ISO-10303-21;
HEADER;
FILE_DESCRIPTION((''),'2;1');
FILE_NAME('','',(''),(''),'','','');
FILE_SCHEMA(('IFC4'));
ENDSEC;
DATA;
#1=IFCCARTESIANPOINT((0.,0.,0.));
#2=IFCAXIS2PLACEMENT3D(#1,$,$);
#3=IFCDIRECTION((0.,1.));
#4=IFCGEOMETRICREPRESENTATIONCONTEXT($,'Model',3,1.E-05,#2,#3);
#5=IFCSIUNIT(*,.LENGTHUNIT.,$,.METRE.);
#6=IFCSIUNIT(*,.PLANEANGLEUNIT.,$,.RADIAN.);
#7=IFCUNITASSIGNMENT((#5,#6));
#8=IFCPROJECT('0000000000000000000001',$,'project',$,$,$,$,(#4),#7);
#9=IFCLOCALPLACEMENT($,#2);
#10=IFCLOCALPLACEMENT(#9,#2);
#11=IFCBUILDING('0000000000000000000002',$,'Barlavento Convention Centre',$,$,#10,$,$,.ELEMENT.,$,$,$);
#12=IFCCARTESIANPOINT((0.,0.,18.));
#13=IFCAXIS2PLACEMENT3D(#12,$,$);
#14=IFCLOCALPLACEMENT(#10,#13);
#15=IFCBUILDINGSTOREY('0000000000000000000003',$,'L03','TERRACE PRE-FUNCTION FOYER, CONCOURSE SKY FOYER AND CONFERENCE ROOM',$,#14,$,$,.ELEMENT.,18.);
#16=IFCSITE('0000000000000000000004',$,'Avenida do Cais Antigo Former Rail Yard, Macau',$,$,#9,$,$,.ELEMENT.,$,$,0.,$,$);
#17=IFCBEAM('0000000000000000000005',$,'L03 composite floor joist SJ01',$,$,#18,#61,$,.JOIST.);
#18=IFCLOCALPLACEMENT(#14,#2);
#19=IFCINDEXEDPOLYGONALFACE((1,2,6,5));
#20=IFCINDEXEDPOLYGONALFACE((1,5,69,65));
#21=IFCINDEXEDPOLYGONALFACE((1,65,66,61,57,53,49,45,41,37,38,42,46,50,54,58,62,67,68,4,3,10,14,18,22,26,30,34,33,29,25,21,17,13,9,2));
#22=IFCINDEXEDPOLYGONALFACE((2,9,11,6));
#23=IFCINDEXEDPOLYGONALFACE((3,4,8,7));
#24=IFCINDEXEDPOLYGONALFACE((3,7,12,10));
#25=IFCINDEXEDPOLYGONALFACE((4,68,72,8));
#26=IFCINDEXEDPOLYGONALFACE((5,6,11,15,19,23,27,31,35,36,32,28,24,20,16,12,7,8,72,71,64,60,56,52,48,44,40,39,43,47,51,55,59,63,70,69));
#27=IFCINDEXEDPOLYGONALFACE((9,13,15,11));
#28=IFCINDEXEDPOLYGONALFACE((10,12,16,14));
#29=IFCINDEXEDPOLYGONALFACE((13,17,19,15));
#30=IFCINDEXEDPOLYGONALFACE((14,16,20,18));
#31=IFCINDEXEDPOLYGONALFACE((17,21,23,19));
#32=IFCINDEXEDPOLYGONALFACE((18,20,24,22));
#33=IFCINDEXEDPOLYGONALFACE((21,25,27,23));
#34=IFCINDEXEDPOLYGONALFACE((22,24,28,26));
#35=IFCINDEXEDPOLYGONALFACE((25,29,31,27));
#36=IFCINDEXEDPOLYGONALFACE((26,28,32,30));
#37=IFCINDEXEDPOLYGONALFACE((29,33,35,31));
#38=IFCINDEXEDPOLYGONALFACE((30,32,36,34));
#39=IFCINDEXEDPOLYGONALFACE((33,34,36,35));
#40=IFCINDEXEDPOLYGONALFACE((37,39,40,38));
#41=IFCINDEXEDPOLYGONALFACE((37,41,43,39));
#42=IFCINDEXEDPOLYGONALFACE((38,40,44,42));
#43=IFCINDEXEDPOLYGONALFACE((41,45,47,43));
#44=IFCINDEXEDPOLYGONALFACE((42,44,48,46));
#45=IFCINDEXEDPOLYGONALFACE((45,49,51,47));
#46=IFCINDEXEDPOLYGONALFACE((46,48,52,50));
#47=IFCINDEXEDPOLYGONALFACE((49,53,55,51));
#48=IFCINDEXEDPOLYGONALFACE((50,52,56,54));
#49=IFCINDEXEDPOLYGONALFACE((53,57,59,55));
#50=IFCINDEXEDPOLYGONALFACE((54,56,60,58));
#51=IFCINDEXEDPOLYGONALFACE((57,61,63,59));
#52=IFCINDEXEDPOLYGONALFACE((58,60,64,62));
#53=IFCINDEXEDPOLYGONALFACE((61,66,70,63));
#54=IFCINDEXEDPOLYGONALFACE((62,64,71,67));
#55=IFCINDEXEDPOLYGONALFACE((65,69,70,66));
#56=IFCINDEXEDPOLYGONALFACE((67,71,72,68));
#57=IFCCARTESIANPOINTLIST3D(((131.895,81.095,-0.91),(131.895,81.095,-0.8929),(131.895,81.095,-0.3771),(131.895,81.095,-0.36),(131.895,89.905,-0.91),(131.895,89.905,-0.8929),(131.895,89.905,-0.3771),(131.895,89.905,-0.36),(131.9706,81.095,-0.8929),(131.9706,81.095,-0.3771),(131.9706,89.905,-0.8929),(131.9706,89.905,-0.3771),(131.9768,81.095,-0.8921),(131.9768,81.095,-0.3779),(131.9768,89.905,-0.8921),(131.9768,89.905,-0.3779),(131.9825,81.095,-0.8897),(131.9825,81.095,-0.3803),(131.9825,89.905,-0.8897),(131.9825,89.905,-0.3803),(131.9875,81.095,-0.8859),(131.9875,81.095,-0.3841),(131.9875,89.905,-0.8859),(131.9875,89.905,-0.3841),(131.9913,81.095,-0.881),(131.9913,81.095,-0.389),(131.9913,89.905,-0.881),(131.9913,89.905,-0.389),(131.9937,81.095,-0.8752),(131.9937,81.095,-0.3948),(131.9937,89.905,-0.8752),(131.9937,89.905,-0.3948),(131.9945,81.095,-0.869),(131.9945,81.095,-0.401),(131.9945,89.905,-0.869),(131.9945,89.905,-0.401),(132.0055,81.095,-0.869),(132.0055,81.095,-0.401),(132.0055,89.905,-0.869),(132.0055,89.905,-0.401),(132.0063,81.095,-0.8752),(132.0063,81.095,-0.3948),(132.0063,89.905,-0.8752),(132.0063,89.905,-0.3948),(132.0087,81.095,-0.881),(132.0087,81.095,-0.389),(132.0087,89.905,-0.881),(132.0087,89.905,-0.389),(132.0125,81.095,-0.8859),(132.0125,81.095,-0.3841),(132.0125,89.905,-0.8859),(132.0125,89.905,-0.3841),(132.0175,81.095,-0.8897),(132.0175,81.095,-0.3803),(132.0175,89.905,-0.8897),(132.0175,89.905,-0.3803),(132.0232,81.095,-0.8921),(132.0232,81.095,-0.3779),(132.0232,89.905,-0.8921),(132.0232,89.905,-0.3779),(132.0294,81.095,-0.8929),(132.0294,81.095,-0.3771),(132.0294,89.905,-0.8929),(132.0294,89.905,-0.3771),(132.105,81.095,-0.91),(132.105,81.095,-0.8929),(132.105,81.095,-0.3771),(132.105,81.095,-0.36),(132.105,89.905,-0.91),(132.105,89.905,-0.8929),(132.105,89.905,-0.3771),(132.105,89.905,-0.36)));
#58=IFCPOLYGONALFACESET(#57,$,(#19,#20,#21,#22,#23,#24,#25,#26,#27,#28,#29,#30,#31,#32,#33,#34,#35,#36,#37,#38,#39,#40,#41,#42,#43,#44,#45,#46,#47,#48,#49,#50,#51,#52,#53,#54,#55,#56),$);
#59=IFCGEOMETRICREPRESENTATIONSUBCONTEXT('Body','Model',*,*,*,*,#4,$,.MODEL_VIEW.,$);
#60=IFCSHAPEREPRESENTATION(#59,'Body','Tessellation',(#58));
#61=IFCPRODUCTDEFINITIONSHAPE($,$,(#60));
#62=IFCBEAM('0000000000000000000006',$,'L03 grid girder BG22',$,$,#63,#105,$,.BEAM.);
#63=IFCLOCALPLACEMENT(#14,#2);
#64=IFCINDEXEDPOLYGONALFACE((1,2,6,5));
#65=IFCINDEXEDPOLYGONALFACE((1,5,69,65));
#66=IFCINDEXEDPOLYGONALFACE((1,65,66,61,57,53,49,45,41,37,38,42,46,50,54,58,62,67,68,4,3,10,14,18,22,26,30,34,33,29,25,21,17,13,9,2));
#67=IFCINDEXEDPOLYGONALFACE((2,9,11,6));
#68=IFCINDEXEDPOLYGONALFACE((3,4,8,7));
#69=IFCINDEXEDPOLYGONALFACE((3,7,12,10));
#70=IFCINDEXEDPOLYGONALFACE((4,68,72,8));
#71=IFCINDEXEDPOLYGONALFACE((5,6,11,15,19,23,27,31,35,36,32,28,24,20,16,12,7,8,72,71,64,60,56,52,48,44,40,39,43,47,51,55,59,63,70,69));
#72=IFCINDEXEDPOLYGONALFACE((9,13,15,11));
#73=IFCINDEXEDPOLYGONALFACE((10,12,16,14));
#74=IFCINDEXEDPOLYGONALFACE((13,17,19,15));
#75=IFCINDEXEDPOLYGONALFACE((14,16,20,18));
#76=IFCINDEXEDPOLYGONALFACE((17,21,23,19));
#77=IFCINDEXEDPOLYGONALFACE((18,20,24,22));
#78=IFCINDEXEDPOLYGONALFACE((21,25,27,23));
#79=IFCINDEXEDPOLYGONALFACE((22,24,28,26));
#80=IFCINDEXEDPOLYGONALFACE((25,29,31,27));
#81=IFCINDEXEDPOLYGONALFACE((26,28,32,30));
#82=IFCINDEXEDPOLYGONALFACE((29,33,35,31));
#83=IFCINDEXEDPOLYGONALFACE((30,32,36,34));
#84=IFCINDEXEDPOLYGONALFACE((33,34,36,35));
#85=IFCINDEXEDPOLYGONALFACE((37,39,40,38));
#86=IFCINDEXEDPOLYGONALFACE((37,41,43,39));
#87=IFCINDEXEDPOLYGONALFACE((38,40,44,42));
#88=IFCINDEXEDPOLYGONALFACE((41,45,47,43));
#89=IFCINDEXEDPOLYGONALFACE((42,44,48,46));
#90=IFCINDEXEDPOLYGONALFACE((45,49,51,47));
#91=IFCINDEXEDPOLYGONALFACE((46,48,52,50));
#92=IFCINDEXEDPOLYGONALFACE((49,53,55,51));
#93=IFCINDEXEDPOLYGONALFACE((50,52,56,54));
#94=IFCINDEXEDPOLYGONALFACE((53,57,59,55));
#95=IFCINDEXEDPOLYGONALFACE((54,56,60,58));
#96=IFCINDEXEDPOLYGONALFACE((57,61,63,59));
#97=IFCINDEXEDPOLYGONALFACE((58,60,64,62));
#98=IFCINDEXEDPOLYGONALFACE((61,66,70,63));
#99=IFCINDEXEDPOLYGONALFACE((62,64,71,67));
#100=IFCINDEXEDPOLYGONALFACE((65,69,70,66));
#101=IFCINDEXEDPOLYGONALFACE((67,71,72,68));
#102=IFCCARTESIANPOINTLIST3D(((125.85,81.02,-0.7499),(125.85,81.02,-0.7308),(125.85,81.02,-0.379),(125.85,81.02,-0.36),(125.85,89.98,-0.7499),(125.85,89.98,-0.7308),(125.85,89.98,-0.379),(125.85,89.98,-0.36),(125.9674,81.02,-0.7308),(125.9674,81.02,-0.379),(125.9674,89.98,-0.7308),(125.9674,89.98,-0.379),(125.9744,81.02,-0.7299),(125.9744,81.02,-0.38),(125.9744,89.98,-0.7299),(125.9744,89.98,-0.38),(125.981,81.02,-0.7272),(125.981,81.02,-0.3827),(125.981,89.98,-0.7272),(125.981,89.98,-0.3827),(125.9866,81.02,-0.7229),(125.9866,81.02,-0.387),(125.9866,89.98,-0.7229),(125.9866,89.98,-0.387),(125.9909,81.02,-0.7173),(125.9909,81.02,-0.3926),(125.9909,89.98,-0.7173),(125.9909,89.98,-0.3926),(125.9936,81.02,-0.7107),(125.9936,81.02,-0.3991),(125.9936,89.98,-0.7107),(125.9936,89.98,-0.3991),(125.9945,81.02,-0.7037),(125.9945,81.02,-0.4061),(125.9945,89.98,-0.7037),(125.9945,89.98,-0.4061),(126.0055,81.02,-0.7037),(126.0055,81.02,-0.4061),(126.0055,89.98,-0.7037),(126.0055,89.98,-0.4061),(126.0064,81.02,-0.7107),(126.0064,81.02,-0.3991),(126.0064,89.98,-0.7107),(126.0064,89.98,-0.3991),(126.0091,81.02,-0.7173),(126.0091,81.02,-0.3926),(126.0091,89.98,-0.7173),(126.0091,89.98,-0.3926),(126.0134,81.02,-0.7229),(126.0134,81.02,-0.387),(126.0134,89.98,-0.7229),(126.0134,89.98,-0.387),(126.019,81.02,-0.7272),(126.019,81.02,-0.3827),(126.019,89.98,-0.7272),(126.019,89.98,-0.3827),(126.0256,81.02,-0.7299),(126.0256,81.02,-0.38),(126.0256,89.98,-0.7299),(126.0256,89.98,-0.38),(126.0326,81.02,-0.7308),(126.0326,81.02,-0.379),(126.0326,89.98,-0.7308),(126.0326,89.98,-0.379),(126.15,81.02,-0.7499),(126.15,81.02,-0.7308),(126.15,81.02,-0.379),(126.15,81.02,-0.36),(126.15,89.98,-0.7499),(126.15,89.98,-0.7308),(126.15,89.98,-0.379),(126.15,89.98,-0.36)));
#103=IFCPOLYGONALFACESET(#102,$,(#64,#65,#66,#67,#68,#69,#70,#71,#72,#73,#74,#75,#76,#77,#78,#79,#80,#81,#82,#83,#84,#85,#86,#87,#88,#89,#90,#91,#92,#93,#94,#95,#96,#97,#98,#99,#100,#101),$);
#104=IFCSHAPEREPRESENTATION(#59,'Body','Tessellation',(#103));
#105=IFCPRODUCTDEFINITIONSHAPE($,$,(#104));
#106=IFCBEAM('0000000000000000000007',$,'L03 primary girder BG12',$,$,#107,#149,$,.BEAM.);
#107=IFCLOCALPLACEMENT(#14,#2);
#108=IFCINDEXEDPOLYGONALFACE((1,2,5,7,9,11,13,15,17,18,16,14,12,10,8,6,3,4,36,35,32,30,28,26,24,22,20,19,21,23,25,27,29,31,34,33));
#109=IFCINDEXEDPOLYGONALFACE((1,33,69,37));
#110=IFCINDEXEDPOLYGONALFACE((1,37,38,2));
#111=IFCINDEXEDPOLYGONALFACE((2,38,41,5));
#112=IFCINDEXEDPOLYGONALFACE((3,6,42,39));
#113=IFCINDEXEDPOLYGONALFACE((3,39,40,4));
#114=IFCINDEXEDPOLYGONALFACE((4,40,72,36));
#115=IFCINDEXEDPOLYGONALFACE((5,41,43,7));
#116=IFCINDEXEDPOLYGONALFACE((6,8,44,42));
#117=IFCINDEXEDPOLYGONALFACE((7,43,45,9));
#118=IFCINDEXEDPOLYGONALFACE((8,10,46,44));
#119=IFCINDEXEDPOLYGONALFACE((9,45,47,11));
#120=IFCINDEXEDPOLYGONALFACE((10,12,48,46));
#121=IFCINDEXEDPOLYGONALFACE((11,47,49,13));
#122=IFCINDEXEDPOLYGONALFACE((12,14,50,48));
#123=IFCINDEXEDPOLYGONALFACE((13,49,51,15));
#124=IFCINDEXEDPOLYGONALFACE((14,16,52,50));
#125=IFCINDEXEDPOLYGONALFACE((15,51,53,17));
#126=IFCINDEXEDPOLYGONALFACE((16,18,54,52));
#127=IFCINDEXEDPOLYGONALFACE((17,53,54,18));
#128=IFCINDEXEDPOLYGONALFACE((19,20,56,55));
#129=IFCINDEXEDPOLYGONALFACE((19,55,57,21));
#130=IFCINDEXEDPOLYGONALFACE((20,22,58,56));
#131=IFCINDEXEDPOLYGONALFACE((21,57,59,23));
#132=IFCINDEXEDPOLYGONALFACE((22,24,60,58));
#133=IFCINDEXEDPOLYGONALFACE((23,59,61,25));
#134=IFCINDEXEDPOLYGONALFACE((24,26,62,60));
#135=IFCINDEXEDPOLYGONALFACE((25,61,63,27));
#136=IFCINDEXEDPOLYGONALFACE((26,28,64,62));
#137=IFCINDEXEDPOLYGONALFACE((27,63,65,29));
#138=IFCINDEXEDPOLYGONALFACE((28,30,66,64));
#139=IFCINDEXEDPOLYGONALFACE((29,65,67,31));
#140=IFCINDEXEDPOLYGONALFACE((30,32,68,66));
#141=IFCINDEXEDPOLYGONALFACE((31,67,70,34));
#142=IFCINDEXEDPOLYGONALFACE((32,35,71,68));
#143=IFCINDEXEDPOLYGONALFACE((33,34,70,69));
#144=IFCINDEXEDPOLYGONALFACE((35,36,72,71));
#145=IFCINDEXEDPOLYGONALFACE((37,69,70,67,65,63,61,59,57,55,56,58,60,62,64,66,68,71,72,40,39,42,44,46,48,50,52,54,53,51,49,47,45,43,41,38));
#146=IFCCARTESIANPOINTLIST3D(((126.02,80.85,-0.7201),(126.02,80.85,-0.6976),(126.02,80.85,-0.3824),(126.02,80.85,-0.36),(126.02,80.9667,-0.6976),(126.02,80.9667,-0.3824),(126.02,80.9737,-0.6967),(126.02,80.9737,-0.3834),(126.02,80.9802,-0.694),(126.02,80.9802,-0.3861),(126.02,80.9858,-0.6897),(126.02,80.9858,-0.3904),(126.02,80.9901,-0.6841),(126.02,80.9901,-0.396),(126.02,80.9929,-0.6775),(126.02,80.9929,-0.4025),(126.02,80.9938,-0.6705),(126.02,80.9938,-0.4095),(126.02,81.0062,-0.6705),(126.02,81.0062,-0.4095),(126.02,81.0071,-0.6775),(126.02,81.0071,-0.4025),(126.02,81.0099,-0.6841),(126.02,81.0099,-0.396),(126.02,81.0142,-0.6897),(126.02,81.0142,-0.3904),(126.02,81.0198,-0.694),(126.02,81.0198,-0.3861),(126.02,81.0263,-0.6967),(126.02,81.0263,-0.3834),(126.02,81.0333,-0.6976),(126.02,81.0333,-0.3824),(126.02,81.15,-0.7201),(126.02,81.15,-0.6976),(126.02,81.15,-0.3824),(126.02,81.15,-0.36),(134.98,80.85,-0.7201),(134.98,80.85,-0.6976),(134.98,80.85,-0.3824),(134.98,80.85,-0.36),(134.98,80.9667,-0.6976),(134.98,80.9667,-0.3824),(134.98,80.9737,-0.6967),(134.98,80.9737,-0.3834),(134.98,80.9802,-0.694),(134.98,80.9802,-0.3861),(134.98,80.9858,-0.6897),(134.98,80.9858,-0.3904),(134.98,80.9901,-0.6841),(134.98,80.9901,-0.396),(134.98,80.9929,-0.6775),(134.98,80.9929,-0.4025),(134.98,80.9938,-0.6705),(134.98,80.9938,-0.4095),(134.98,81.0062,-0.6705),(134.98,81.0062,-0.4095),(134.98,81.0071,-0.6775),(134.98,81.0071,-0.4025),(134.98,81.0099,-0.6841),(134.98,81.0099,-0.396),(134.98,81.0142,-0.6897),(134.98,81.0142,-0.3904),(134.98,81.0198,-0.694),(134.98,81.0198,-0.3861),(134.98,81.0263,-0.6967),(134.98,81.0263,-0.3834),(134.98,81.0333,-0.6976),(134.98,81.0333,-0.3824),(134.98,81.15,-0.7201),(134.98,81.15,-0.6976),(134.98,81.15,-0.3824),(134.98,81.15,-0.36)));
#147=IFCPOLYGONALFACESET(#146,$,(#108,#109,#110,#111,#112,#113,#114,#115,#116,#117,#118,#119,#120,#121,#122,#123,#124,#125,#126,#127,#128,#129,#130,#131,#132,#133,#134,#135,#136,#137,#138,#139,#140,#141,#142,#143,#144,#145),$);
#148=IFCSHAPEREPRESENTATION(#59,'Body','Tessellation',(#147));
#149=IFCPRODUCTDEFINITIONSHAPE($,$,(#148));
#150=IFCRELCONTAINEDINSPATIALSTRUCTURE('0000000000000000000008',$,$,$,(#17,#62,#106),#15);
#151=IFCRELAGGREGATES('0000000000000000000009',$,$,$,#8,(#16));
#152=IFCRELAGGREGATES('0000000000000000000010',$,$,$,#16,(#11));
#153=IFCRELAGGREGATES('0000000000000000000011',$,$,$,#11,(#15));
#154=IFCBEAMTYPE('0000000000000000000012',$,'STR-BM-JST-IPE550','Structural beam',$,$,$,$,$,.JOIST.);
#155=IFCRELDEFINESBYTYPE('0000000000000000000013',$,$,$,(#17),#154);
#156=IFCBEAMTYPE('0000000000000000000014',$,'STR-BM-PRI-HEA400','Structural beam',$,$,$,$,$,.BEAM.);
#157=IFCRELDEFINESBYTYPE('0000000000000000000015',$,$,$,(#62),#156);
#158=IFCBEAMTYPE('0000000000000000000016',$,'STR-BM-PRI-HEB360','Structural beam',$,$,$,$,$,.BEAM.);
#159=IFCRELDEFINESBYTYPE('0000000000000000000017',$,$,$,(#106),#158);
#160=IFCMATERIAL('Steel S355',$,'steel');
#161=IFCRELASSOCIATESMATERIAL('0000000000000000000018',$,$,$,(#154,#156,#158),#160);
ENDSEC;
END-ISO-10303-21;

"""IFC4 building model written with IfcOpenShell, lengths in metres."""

from ifc_helpers import new_model, si_unit, direction, frame, origin, origin_2d, place, context, subcontext, project, spatial, i_section, extrude, material, material_profile, profile_set, type_object, element, save


model = new_model("IFC4")

# Units and contexts
model_context = context("Model", 3, precision=1e-05, world=origin(), true_north=direction((0.0, 1.0)))
body_context = subcontext(model_context, "Body", "Model", "MODEL_VIEW")
ifc_project = project(units=[si_unit("LENGTHUNIT", "METRE"), si_unit("PLANEANGLEUNIT", "RADIAN")], contexts=[model_context])

# Site, building, storey
site_placement = place(None, origin())
site = spatial("IfcSite", under=ifc_project, at=site_placement, Name="Avenida do Cais Antigo Former Rail Yard, Macau", CompositionType="ELEMENT", RefElevation=0.0)
building_placement = place(site_placement, origin())
building = spatial("IfcBuilding", under=site, at=building_placement, Name="Barlavento Convention Centre", CompositionType="ELEMENT")
storey_placement = place(building_placement, frame((0.0, 0.0, 18.0)))
storey = spatial("IfcBuildingStorey", under=building, at=storey_placement, Name="L03", Description="TERRACE PRE-FUNCTION FOYER, CONCOURSE SKY FOYER AND CONFERENCE ROOM", CompositionType="ELEMENT", Elevation=18.0)

# Shared definitions
ifc_material_1 = material(Name="Steel S355", Category="steel")

# Beams
ifc_material_profile_1 = material_profile(ifc_material_1, i_section(OverallWidth=0.21, OverallDepth=0.55, WebThickness=0.011, FlangeThickness=0.0171, FilletRadius=0.0239, at=origin_2d()), Name="IPE 550")
ifc_profile_set_1 = profile_set([ifc_material_profile_1], Name="Steel S355")
beam_type_1 = type_object("IfcBeamType", Name="STR-BM-JST-IPE550", Description="Structural beam", PredefinedType="JOIST", material=ifc_profile_set_1)
beam_1_placement = place(storey_placement, frame((132.0, 81.095, -0.635), z_axis=(0.0, 1.0, 0.0), x_axis=(-1.0, 0.0, 0.0)))
element("IfcBeam", 1, at=beam_1_placement, inside=storey, type_object=beam_type_1, Name="L03 composite floor joist SJ01", PredefinedType="JOIST", context=body_context, shape_type="SweptSolid", body=[
    extrude(i_section(OverallWidth=0.21, OverallDepth=0.55, WebThickness=0.011, FlangeThickness=0.0171, FilletRadius=0.0239, at=origin_2d()), origin(), (0.0, 0.0, 1.0), 8.8101),
])
ifc_material_profile_2 = material_profile(ifc_material_1, i_section(OverallWidth=0.3, OverallDepth=0.3899, WebThickness=0.011, FlangeThickness=0.019, FilletRadius=0.0271, at=origin_2d()), Name="HEA 400")
ifc_profile_set_2 = profile_set([ifc_material_profile_2], Name="Steel S355")
beam_type_2 = type_object("IfcBeamType", Name="STR-BM-PRI-HEA400", Description="Structural beam", PredefinedType="BEAM", material=ifc_profile_set_2)
beam_2_placement = place(storey_placement, frame((126.0, 81.02, -0.5549), z_axis=(0.0, 1.0, 0.0), x_axis=(-1.0, 0.0, 0.0)))
element("IfcBeam", 2, at=beam_2_placement, inside=storey, type_object=beam_type_2, Name="L03 grid girder BG22", PredefinedType="BEAM", context=body_context, shape_type="SweptSolid", body=[
    extrude(i_section(OverallWidth=0.3, OverallDepth=0.3899, WebThickness=0.011, FlangeThickness=0.019, FilletRadius=0.0271, at=origin_2d()), origin(), (0.0, 0.0, 1.0), 8.96),
])
ifc_material_profile_3 = material_profile(ifc_material_1, i_section(OverallWidth=0.3, OverallDepth=0.3601, WebThickness=0.0125, FlangeThickness=0.0225, FilletRadius=0.0271, at=origin_2d()), Name="HEB 360")
ifc_profile_set_3 = profile_set([ifc_material_profile_3], Name="Steel S355")
beam_type_3 = type_object("IfcBeamType", Name="STR-BM-PRI-HEB360", Description="Structural beam", PredefinedType="BEAM", material=ifc_profile_set_3)
beam_3_placement = place(storey_placement, frame((126.02, 81.0, -0.54), z_axis=(1.0, 0.0, 0.0), x_axis=(0.0, 1.0, 0.0)))
element("IfcBeam", 3, at=beam_3_placement, inside=storey, type_object=beam_type_3, Name="L03 primary girder BG12", PredefinedType="BEAM", context=body_context, shape_type="SweptSolid", body=[
    extrude(i_section(OverallWidth=0.3, OverallDepth=0.3601, WebThickness=0.0125, FlangeThickness=0.0225, FilletRadius=0.0271, at=origin_2d()), origin(), (0.0, 0.0, 1.0), 8.96),
])

save(model, "model.ifc")
